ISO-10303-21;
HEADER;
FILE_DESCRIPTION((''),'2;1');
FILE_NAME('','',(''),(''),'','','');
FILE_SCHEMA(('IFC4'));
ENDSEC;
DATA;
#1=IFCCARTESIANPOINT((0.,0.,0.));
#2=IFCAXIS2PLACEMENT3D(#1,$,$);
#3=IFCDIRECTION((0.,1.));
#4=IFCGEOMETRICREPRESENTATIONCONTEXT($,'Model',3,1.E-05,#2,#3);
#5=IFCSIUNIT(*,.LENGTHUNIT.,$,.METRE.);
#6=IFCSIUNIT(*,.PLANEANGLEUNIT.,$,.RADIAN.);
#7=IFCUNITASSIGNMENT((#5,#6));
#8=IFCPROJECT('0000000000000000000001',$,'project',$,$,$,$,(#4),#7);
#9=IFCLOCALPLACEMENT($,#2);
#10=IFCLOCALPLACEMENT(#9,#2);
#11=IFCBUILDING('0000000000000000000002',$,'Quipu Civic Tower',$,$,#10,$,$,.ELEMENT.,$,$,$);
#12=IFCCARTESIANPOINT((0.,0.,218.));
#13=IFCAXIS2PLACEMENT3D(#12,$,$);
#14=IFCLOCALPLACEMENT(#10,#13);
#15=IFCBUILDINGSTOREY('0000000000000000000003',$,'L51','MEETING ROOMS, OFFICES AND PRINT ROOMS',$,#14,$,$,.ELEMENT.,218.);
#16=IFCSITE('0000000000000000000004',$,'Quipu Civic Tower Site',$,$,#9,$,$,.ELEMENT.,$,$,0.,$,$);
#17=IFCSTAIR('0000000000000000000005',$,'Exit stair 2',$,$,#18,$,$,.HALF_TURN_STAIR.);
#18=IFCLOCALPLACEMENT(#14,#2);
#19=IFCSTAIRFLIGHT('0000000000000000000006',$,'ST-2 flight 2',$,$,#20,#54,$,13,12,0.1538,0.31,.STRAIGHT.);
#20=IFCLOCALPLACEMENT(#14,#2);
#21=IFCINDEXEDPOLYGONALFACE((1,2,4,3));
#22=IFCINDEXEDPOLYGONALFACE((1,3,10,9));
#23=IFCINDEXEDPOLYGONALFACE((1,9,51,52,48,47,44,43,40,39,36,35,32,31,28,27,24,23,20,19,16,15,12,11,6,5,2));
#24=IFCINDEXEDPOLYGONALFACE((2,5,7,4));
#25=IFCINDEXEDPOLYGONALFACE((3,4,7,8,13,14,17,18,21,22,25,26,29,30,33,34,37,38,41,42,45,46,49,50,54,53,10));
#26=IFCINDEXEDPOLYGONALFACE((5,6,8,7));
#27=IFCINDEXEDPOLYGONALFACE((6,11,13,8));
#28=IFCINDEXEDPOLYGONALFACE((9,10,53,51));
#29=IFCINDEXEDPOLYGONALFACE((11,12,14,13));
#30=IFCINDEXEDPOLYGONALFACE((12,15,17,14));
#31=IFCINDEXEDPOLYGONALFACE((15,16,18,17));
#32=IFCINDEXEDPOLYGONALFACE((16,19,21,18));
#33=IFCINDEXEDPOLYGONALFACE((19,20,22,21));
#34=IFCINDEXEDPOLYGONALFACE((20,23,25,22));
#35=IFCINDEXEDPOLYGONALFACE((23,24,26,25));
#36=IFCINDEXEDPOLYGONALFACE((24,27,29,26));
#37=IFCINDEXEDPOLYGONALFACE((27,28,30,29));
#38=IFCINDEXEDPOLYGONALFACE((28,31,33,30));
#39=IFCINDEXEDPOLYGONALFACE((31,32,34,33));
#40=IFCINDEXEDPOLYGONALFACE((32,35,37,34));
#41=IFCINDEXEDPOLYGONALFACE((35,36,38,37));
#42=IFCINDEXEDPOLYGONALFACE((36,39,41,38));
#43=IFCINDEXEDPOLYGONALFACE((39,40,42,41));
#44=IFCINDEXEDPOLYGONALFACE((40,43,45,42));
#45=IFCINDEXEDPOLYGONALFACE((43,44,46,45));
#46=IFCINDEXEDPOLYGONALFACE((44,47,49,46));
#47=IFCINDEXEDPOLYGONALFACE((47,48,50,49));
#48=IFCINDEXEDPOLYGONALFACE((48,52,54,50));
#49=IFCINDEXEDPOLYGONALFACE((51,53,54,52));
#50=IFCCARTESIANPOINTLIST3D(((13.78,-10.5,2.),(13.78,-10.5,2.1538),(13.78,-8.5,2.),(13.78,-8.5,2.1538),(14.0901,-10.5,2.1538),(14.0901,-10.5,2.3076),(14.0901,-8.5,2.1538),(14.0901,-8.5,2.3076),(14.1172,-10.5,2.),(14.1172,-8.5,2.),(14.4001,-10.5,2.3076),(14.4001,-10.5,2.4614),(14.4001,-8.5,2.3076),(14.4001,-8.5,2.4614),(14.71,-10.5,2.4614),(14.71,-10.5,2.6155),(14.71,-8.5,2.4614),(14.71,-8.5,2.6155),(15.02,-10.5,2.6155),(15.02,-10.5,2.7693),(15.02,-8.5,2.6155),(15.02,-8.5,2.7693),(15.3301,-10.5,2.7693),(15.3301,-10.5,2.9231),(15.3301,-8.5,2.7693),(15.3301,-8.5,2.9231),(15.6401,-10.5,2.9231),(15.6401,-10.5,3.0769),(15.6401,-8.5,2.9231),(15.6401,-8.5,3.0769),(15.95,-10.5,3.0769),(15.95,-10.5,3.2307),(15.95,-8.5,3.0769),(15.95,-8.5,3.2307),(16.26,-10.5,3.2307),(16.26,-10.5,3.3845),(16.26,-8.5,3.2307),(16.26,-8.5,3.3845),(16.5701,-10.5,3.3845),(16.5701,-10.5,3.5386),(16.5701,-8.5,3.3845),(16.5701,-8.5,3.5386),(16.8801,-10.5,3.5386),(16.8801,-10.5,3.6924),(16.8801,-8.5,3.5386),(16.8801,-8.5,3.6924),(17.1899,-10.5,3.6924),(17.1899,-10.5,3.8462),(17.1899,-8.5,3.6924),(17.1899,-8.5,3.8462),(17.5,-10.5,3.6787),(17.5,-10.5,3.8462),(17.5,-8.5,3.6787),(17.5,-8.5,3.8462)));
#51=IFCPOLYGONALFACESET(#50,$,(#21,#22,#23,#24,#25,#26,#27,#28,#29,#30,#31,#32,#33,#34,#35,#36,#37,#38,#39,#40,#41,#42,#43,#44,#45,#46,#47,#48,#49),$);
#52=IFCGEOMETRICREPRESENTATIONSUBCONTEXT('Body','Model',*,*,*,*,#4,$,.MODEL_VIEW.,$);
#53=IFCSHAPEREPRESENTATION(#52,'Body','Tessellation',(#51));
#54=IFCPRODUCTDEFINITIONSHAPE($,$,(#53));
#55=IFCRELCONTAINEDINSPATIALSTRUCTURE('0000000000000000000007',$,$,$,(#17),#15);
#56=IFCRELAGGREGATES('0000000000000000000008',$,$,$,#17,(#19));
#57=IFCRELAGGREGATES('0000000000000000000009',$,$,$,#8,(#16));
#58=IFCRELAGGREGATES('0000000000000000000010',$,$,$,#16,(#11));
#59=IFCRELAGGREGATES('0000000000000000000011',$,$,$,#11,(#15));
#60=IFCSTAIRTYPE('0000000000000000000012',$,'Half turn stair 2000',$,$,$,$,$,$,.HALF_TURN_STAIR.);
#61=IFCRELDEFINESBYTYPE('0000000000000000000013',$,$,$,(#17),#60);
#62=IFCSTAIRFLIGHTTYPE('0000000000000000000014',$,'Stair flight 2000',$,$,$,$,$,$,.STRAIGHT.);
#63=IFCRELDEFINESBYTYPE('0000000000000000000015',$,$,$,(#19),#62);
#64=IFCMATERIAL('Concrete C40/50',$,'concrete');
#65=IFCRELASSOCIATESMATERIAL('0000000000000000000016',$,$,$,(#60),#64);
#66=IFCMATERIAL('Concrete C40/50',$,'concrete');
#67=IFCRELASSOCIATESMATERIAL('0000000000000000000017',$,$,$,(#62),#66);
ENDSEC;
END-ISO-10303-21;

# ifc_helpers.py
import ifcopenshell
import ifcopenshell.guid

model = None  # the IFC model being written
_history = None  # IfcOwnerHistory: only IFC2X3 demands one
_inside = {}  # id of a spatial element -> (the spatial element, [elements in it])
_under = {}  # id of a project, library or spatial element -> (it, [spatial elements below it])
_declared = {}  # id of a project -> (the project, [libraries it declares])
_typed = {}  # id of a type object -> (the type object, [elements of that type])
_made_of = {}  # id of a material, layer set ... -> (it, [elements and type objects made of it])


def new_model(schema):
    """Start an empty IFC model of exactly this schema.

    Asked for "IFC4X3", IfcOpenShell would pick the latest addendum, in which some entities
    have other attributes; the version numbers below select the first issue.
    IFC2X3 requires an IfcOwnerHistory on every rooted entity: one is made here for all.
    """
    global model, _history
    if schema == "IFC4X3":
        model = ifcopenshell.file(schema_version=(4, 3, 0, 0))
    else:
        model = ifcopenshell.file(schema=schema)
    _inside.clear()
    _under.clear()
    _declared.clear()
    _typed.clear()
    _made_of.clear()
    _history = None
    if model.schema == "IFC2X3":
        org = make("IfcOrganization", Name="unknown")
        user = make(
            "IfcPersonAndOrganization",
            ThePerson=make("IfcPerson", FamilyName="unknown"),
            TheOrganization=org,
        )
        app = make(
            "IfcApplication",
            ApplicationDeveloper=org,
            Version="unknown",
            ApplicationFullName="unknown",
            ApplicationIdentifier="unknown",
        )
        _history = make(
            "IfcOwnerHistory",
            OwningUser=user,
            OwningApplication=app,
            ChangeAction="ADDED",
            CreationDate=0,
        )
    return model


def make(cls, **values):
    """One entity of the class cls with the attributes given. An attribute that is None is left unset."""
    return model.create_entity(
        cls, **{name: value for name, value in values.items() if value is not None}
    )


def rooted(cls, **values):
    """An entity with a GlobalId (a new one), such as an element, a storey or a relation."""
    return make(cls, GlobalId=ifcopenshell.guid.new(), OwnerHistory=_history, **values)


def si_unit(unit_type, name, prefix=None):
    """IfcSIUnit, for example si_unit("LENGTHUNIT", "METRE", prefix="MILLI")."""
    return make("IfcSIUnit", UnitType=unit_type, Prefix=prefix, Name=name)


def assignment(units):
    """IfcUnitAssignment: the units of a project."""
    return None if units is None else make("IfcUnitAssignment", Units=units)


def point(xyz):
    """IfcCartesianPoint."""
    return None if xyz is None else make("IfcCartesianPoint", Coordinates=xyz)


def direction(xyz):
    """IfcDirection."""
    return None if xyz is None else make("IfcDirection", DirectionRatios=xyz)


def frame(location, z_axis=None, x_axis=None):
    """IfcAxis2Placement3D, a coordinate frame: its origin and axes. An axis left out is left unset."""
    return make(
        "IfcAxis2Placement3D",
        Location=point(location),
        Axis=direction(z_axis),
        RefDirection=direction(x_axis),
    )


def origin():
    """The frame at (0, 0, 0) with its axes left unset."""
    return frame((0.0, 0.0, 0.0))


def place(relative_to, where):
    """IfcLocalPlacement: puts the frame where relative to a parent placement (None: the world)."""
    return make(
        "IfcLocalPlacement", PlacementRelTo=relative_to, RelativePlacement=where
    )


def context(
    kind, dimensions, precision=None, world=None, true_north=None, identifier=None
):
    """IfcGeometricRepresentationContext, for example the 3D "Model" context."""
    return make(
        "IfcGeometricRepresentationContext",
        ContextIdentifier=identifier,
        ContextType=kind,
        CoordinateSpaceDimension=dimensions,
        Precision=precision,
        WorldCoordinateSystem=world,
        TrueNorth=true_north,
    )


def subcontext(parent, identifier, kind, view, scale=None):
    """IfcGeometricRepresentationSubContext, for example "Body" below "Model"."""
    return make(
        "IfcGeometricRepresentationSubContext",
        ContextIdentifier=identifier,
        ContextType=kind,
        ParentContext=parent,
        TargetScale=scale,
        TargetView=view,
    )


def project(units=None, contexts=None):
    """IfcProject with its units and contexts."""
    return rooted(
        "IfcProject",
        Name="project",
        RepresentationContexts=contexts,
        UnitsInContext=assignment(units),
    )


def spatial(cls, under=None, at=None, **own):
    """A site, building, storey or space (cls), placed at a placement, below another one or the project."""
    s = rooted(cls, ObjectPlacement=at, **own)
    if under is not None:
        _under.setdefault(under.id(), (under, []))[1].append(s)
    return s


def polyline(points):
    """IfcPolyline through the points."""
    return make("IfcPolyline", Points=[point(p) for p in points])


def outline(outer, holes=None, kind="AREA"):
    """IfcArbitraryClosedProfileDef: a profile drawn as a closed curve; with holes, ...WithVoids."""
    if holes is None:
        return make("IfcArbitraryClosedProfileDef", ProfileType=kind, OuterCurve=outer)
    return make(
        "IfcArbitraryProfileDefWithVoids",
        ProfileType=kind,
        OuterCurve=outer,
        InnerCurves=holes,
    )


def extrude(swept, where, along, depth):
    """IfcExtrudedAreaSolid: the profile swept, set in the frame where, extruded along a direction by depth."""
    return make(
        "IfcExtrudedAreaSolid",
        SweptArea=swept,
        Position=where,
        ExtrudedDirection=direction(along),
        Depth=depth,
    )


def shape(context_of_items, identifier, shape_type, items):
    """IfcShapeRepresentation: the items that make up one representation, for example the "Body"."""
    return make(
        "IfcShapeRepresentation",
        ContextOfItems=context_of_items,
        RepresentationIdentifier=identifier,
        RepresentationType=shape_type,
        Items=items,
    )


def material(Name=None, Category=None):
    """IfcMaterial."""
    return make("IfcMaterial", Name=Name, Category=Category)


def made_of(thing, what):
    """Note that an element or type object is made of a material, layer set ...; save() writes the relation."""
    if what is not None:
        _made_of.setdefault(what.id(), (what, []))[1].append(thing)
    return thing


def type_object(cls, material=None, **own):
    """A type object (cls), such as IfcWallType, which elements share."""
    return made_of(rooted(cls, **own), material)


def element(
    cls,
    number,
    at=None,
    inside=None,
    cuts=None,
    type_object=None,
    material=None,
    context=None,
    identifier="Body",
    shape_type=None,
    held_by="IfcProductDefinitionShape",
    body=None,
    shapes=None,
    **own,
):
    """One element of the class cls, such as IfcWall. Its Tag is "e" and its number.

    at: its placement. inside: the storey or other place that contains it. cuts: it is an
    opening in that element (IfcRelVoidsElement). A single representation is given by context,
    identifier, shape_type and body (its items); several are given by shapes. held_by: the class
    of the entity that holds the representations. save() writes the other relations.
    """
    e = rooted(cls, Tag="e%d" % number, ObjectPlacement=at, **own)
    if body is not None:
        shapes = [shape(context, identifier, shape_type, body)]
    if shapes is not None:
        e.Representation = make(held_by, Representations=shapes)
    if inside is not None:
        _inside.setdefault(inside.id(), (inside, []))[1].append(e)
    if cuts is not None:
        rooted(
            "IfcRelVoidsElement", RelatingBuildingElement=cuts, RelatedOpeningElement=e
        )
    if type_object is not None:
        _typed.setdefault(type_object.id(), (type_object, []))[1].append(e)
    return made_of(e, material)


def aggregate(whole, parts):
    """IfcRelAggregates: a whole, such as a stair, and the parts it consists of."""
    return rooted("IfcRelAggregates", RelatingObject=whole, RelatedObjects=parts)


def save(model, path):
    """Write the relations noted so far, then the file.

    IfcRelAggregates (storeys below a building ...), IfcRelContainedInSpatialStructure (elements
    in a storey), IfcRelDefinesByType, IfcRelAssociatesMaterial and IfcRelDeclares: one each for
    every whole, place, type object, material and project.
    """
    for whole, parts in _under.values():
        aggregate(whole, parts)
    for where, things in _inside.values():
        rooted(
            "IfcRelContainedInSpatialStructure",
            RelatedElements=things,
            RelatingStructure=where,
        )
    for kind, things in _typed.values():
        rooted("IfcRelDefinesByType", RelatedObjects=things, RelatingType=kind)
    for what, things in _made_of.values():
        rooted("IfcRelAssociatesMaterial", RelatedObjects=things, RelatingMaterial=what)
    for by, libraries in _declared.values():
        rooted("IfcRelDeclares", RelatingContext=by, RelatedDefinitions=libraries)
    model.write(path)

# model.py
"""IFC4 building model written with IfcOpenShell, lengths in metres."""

from ifc_helpers import new_model, si_unit, direction, frame, origin, place, context, subcontext, project, spatial, polyline, outline, extrude, material, type_object, element, aggregate, save


model = new_model("IFC4")

# Units and contexts
model_context = context("Model", 3, precision=1e-05, world=origin(), true_north=direction((0.0, 1.0)))
body_context = subcontext(model_context, "Body", "Model", "MODEL_VIEW")
ifc_project = project(units=[si_unit("LENGTHUNIT", "METRE"), si_unit("PLANEANGLEUNIT", "RADIAN")], contexts=[model_context])

# Site, building, storey
site_placement = place(None, origin())
site = spatial("IfcSite", under=ifc_project, at=site_placement, Name="Quipu Civic Tower Site", CompositionType="ELEMENT", RefElevation=0.0)
building_placement = place(site_placement, origin())
building = spatial("IfcBuilding", under=site, at=building_placement, Name="Quipu Civic Tower", CompositionType="ELEMENT")
storey_placement = place(building_placement, frame((0.0, 0.0, 218.0)))
storey = spatial("IfcBuildingStorey", under=building, at=storey_placement, Name="L51", Description="MEETING ROOMS, OFFICES AND PRINT ROOMS", CompositionType="ELEMENT", Elevation=218.0)

# Stair, stair flight
ifc_material_1 = material(Name="Concrete C40/50", Category="concrete")
stair_type = type_object("IfcStairType", Name="Half turn stair 2000", PredefinedType="HALF_TURN_STAIR", material=ifc_material_1)
stair_placement = place(storey_placement, origin())
stair = element("IfcStair", 1, at=stair_placement, inside=storey, type_object=stair_type, Name="Exit stair 2", PredefinedType="HALF_TURN_STAIR")
ifc_material_2 = material(Name="Concrete C40/50", Category="concrete")
stair_flight_type = type_object("IfcStairFlightType", Name="Stair flight 2000", PredefinedType="STRAIGHT", material=ifc_material_2)
stair_flight_1_placement = place(storey_placement, frame((13.78, -9.5, 2.0), z_axis=(0.0, 0.0, 1.0), x_axis=(1.0, 0.0, 0.0)))
stair_flight_1 = element("IfcStairFlight", 2, at=stair_flight_1_placement, type_object=stair_flight_type, Name="ST-2 flight 2", NumberOfRisers=13, NumberOfTreads=12, PredefinedType="STRAIGHT", RiserHeight=0.1538, TreadLength=0.31, context=body_context, shape_type="SweptSolid", body=[
    extrude(outline(polyline([(0.0, 0.0), (0.0, 0.1538), (0.3101, 0.1538), (0.3101, 0.3076), (0.6201, 0.3076), (0.6201, 0.4614), (0.9299, 0.4614), (0.9299, 0.6155), (1.24, 0.6155), (1.24, 0.7693), (1.55, 0.7693), (1.55, 0.9231), (1.8601, 0.9231), (1.8601, 1.0769), (2.1699, 1.0769), (2.1699, 1.2307), (2.48, 1.2307), (2.48, 1.3845), (2.79, 1.3845), (2.79, 1.5386), (3.1001, 1.5386), (3.1001, 1.6924), (3.4099, 1.6924), (3.4099, 1.8462), (3.72, 1.8462), (3.72, 2.0), (3.72, 1.6787), (0.3372, 0.0), (0.0, 0.0)])), frame((0.0, 1.0, 0.0), z_axis=(0.0, -1.0, 0.0), x_axis=(1.0, 0.0, 0.0)), (0.0, 0.0, 1.0), 2.0),
])
aggregate(stair, [stair_flight_1])

save(model, "model.ifc")
